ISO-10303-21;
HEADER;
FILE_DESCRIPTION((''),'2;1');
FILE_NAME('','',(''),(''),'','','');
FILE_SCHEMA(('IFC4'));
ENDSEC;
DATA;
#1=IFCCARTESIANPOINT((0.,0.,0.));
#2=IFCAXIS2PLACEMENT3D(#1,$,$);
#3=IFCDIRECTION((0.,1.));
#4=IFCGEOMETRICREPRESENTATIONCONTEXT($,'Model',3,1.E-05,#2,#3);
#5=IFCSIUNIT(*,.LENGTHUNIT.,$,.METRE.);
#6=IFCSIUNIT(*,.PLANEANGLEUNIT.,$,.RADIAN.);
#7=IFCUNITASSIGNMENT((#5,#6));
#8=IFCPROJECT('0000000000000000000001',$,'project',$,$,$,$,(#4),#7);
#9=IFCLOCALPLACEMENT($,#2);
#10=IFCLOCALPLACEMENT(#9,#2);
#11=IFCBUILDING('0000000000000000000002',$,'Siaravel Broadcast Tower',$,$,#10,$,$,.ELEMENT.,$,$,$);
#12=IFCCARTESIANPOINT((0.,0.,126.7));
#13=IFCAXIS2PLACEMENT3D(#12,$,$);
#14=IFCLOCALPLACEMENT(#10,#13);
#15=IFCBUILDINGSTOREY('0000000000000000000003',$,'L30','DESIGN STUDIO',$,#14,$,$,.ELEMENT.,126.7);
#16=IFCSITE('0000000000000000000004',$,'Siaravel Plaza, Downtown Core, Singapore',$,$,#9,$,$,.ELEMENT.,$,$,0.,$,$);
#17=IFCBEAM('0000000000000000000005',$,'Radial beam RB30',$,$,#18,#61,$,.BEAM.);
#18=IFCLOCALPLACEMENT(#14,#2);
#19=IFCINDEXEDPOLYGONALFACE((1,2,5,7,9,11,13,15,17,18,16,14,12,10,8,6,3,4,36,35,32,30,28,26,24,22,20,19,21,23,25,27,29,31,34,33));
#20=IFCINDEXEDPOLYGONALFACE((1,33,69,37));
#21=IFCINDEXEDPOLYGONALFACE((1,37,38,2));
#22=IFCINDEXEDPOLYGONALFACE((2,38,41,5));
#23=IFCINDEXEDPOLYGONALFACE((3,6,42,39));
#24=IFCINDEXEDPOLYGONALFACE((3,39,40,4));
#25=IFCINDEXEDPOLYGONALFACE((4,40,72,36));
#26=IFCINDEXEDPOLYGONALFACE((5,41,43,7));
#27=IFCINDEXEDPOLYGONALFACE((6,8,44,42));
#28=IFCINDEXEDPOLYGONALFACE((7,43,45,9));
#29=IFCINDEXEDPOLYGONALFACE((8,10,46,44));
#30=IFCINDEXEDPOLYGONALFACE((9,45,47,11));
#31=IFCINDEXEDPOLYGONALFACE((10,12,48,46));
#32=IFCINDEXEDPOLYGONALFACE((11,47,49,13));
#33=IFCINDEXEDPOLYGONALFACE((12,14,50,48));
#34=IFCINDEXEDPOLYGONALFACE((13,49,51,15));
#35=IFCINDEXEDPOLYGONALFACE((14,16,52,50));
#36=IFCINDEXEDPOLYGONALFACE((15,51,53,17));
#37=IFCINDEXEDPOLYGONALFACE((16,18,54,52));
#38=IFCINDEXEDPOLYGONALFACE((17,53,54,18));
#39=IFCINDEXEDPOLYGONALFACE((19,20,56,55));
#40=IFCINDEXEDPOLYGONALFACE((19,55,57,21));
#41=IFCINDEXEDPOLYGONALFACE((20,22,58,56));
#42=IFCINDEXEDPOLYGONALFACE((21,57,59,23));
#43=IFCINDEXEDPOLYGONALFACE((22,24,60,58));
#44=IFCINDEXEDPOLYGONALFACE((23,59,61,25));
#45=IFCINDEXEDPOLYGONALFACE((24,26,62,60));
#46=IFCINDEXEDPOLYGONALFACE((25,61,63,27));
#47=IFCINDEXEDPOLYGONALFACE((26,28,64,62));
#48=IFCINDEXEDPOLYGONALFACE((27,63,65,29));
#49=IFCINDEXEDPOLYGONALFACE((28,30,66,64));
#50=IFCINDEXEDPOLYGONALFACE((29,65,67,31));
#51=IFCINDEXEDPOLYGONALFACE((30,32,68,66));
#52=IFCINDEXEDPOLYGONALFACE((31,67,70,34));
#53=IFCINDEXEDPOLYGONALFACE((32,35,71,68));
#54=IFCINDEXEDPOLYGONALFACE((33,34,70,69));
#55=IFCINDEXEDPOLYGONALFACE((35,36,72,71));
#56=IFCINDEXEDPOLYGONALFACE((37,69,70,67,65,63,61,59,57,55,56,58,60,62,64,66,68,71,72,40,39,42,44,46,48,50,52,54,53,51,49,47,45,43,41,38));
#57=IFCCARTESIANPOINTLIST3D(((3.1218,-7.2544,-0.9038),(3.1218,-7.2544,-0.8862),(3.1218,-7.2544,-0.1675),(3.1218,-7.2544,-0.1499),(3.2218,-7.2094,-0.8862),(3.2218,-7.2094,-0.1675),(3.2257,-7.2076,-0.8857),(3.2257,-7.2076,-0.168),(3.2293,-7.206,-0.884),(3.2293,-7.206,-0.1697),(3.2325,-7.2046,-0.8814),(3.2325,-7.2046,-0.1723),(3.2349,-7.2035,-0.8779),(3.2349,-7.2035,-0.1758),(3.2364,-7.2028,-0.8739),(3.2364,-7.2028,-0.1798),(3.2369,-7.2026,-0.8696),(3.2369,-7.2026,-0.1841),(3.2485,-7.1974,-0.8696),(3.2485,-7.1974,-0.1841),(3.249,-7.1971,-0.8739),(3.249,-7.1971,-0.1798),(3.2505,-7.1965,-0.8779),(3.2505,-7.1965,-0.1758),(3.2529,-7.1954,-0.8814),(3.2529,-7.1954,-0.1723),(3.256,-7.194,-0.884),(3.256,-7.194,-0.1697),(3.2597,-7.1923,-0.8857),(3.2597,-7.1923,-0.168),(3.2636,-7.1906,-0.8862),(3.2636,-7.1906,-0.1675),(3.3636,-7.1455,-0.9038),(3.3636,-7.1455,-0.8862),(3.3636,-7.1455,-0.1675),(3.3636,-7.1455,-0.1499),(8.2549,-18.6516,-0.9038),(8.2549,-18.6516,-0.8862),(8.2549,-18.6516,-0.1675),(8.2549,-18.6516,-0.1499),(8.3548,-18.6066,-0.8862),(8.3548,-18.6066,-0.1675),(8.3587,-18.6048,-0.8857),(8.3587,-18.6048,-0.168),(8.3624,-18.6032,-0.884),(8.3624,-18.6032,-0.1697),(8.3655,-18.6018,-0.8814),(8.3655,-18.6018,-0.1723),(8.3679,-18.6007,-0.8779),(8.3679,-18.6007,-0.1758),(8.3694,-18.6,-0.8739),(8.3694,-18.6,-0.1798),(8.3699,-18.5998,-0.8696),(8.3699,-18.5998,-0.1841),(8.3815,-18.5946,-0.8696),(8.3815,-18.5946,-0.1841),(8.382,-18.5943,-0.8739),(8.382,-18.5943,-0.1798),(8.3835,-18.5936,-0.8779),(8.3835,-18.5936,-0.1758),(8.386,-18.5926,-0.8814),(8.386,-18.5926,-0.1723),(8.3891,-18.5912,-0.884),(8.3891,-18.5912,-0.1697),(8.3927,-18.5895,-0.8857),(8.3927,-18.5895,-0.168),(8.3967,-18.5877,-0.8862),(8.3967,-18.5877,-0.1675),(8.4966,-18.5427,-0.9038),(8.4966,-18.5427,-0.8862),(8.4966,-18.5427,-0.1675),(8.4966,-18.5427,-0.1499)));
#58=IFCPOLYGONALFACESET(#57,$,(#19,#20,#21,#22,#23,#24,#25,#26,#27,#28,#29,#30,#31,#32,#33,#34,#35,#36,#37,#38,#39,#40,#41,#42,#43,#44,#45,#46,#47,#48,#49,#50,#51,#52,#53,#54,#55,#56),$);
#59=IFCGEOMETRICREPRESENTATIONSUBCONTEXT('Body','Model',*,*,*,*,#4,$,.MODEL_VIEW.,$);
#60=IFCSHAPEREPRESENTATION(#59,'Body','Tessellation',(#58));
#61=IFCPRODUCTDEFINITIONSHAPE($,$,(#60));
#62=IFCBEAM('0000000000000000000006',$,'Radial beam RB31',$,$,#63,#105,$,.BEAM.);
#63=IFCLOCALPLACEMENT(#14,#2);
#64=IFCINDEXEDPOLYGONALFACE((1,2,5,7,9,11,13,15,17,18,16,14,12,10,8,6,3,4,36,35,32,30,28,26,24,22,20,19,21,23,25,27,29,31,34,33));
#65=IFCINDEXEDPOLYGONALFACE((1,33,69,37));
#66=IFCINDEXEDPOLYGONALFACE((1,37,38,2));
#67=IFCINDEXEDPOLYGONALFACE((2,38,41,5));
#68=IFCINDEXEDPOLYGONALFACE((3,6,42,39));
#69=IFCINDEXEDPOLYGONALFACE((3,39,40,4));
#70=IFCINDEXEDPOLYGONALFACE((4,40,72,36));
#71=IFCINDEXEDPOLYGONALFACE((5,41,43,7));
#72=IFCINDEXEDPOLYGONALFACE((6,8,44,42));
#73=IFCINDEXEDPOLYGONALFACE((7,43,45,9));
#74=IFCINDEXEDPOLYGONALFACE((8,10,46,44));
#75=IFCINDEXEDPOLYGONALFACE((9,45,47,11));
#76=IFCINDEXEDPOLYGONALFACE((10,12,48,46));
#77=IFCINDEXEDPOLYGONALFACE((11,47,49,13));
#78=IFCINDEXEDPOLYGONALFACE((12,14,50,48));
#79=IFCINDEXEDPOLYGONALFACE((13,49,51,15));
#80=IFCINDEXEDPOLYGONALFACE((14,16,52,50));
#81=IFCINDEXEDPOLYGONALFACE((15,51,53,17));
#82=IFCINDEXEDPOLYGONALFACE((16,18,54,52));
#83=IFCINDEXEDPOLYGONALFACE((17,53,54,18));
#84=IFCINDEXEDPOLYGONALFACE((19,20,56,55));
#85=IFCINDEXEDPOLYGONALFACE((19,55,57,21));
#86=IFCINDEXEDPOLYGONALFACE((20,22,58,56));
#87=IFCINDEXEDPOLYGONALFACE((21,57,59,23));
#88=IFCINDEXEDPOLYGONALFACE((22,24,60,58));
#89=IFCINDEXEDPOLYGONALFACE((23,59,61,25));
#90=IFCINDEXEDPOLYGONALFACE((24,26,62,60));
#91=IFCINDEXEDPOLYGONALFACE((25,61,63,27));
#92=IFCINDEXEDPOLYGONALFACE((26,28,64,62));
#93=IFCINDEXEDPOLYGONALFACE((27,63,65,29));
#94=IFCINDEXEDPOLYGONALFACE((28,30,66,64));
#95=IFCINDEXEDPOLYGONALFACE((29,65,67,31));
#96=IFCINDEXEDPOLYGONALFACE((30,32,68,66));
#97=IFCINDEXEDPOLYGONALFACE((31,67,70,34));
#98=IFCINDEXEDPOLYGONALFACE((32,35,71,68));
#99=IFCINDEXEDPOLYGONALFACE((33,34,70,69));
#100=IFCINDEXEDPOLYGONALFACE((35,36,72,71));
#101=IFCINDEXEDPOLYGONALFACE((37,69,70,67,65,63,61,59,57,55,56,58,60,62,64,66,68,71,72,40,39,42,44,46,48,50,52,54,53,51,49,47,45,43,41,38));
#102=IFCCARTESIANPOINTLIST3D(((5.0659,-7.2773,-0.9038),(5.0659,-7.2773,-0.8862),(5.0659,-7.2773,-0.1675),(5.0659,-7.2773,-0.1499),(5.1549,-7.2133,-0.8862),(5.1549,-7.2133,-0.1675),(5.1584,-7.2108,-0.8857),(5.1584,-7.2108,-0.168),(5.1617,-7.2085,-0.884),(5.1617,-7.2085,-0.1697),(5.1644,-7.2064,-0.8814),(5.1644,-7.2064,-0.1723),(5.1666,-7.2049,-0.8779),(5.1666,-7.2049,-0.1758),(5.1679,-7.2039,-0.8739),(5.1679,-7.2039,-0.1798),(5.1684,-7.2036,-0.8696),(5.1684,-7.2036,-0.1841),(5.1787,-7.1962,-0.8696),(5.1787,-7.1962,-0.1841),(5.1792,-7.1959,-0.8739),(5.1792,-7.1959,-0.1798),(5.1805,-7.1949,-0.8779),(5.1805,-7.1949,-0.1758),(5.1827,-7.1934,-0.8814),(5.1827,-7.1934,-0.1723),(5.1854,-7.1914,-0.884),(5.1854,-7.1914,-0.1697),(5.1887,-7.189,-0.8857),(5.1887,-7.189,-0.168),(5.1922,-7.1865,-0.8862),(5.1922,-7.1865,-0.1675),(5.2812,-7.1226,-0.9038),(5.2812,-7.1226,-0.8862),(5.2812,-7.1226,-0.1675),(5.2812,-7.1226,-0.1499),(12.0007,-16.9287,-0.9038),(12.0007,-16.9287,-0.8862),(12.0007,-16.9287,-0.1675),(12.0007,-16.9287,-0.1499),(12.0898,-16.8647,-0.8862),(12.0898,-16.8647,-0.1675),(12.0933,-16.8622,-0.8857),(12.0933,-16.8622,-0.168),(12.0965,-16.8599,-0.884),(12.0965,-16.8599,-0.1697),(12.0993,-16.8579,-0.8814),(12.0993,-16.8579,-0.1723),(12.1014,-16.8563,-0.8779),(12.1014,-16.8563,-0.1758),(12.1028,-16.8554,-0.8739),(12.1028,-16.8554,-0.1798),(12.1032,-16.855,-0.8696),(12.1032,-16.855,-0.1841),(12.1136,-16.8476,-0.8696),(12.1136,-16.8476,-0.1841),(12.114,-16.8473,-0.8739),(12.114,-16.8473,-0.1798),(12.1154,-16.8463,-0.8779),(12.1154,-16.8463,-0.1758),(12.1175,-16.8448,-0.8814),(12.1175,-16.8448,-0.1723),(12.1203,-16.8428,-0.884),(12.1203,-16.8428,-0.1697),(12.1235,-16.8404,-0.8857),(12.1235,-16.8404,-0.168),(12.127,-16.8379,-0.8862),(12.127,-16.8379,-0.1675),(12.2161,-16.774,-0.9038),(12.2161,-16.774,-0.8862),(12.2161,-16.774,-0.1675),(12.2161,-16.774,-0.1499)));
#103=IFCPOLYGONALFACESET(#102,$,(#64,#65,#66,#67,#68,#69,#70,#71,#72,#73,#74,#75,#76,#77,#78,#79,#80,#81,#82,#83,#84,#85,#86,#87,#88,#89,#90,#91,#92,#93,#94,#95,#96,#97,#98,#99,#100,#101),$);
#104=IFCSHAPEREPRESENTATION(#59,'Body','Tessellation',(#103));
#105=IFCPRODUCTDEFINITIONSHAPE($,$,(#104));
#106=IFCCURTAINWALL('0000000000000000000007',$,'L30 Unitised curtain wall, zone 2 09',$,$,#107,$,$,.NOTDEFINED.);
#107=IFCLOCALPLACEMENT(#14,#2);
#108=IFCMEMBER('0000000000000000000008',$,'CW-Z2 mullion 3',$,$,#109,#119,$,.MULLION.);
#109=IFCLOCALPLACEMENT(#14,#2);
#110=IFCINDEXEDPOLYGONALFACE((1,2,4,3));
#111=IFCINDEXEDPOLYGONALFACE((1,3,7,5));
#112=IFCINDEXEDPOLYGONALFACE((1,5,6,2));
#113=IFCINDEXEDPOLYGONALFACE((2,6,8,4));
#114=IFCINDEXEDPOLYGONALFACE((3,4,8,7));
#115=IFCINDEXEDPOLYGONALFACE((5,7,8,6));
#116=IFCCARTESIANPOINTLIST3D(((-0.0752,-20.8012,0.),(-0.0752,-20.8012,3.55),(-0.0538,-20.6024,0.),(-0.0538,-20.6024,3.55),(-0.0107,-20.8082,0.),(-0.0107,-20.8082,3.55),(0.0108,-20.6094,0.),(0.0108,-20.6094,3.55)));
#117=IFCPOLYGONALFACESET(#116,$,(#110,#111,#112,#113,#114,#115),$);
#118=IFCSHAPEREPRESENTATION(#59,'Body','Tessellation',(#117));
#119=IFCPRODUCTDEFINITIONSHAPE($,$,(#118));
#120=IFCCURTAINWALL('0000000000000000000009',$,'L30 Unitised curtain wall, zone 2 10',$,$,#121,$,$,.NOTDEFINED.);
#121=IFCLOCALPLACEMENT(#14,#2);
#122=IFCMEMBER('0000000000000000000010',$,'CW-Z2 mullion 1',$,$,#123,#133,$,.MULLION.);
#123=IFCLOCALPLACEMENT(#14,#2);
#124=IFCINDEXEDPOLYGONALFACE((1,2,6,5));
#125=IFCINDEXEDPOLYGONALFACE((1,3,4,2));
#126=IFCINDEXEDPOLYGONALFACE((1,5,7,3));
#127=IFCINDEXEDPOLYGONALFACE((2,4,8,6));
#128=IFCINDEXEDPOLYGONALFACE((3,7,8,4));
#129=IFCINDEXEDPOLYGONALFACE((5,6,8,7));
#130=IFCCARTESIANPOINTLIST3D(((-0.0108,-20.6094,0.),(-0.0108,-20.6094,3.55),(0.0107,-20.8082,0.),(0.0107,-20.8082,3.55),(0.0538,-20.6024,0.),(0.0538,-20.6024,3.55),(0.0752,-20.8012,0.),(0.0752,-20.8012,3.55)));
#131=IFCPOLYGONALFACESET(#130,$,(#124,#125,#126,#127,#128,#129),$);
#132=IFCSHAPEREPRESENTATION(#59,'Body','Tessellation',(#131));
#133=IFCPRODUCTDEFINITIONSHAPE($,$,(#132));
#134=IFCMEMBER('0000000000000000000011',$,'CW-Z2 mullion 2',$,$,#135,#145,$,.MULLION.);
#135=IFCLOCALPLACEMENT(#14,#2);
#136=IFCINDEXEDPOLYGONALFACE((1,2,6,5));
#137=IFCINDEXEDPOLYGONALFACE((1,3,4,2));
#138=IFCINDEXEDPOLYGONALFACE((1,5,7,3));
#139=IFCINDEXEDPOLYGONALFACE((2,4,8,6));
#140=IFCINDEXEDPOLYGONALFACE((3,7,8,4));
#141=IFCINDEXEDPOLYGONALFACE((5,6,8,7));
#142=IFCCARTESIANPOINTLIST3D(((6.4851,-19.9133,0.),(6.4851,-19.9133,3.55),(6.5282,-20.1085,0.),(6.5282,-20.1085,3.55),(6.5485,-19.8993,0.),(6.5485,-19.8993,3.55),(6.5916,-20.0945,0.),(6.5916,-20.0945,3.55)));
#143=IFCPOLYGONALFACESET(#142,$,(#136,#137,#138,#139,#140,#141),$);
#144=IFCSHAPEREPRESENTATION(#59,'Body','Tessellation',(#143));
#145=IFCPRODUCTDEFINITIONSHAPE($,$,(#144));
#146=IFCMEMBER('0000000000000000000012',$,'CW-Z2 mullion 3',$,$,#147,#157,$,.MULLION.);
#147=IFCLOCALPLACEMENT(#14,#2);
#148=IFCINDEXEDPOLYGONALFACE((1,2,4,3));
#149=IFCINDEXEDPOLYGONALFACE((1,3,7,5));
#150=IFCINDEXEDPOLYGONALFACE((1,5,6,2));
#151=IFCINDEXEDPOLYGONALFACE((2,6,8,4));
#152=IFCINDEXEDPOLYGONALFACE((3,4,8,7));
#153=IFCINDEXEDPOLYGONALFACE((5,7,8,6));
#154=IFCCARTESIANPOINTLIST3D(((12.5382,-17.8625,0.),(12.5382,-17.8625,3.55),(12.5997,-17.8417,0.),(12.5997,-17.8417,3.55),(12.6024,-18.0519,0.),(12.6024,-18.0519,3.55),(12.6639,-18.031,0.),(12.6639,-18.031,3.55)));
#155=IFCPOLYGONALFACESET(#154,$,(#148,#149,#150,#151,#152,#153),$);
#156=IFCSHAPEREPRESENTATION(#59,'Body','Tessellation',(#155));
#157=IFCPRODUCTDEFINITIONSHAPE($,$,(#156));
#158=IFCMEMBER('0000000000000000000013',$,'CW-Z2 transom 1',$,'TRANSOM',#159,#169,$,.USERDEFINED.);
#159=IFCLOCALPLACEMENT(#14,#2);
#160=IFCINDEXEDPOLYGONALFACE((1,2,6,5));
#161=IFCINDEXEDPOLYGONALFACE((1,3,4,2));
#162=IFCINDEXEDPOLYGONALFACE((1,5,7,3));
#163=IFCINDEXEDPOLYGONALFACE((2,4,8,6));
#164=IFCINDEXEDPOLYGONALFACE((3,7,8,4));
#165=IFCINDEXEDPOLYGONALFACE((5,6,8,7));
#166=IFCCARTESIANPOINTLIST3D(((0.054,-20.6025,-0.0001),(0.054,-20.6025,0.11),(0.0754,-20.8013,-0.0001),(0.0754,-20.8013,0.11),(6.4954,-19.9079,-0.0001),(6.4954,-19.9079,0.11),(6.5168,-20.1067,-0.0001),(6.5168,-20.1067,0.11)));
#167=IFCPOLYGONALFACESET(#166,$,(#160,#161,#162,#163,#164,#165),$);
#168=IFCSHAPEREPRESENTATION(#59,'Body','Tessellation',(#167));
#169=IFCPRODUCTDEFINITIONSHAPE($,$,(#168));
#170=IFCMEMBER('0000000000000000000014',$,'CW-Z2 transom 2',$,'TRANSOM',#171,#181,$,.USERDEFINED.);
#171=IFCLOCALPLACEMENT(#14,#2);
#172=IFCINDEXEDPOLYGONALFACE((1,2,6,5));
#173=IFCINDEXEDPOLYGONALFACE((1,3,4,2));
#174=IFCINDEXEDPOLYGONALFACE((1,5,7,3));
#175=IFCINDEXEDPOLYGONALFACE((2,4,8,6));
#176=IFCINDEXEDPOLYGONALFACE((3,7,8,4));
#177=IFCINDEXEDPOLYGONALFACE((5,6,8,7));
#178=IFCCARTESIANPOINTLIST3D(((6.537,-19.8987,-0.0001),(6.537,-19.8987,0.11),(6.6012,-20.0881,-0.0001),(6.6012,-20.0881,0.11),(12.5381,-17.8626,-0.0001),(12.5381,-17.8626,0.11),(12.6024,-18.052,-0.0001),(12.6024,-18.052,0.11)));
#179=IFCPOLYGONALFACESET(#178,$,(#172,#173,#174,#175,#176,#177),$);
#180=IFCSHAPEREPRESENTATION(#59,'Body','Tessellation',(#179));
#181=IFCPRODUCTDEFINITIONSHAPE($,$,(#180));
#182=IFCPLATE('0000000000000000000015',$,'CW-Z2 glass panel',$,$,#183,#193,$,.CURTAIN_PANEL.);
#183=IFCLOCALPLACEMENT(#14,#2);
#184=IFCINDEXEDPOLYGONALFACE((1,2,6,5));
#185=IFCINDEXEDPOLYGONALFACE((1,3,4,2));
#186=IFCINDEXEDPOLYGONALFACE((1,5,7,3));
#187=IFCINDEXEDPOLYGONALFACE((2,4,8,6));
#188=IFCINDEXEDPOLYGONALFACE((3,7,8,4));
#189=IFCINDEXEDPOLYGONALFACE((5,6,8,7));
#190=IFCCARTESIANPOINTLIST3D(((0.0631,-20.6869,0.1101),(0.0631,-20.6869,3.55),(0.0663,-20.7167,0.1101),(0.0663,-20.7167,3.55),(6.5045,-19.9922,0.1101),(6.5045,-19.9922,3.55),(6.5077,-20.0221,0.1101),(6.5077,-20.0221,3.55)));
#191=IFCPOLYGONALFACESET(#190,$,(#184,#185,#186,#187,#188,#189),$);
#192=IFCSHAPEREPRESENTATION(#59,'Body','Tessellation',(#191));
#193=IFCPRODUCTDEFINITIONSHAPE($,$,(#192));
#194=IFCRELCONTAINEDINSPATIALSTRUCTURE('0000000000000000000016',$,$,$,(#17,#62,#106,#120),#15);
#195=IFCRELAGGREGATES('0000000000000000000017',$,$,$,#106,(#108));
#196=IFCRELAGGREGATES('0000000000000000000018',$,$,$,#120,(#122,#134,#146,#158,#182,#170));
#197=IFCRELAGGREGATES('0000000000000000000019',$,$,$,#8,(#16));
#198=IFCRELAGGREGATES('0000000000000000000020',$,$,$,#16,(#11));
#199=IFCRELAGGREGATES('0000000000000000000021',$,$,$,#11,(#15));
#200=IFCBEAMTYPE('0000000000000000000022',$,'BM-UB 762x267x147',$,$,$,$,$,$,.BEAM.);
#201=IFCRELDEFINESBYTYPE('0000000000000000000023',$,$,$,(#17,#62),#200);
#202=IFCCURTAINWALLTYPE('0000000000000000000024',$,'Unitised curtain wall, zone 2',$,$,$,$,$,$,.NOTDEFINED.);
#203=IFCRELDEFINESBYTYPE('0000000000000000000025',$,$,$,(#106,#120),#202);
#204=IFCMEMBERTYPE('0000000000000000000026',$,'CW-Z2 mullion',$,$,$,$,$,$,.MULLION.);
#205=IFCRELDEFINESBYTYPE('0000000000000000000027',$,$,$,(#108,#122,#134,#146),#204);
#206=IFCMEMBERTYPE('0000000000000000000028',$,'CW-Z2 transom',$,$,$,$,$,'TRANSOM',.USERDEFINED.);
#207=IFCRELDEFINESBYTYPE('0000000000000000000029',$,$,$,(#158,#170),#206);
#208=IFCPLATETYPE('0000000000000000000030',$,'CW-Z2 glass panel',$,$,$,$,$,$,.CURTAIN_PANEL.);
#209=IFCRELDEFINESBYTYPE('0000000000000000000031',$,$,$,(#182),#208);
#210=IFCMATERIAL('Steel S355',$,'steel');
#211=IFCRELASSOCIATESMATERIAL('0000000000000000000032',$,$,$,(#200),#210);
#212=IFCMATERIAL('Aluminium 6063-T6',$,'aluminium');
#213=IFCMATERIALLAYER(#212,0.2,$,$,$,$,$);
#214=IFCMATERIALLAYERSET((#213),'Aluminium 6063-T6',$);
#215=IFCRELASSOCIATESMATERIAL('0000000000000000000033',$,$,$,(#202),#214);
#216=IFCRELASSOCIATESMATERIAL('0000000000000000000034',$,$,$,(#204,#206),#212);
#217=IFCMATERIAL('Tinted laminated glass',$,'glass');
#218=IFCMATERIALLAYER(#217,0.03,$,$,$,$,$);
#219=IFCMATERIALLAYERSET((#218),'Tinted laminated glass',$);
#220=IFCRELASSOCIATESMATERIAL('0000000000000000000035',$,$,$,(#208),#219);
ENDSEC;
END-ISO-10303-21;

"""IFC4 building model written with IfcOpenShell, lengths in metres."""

from ifc_helpers import new_model, si_unit, direction, frame, origin, origin_2d, place, context, subcontext, project, spatial, rectangle, i_section, extrude, material, layer, layer_set, material_profile, profile_set, type_object, element, aggregate, save


model = new_model("IFC4")

# Units and contexts
model_context = context("Model", 3, precision=1e-05, world=origin(), true_north=direction((0.0, 1.0)))
body_context = subcontext(model_context, "Body", "Model", "MODEL_VIEW")
ifc_project = project(units=[si_unit("LENGTHUNIT", "METRE"), si_unit("PLANEANGLEUNIT", "RADIAN")], contexts=[model_context])

# Site, building, storey
site_placement = place(None, origin())
site = spatial("IfcSite", under=ifc_project, at=site_placement, Name="Siaravel Plaza, Downtown Core, Singapore", CompositionType="ELEMENT", RefElevation=0.0)
building_placement = place(site_placement, origin())
building = spatial("IfcBuilding", under=site, at=building_placement, Name="Siaravel Broadcast Tower", CompositionType="ELEMENT")
storey_placement = place(building_placement, frame((0.0, 0.0, 126.7)))
storey = spatial("IfcBuildingStorey", under=building, at=storey_placement, Name="L30", Description="DESIGN STUDIO", CompositionType="ELEMENT", Elevation=126.7)

# Beams
ifc_material_1 = material(Name="Steel S355", Category="steel")
ifc_material_profile_1 = material_profile(ifc_material_1, i_section(OverallWidth=0.2651, OverallDepth=0.7539, WebThickness=0.0127, FlangeThickness=0.0176, FilletRadius=0.0166, at=origin_2d()))
ifc_profile_set_1 = profile_set([ifc_material_profile_1], Name="Steel S355")
beam_type = type_object("IfcBeamType", Name="BM-UB 762x267x147", PredefinedType="BEAM", material=ifc_profile_set_1)
beam_1_placement = place(storey_placement, frame((8.3757, -18.5972, -0.5269), z_axis=(-0.410651, 0.911792, 0.0), x_axis=(-0.911792, -0.410651, 0.0)))
element("IfcBeam", 1, at=beam_1_placement, inside=storey, type_object=beam_type, Name="Radial beam RB30", PredefinedType="BEAM", context=body_context, shape_type="SweptSolid", body=[
    extrude(i_section(OverallWidth=0.2651, OverallDepth=0.7539, WebThickness=0.0127, FlangeThickness=0.0176, FilletRadius=0.0166, at=origin_2d()), origin(), (0.0, 0.0, 1.0), 12.4998),
])
beam_2_placement = place(storey_placement, frame((12.1084, -16.8513, -0.5269), z_axis=(-0.583519, 0.812099, 0.0), x_axis=(-0.812099, -0.583519, 0.0)))
element("IfcBeam", 2, at=beam_2_placement, inside=storey, type_object=beam_type, Name="Radial beam RB31", PredefinedType="BEAM", context=body_context, shape_type="SweptSolid", body=[
    extrude(i_section(OverallWidth=0.2651, OverallDepth=0.7539, WebThickness=0.0127, FlangeThickness=0.0176, FilletRadius=0.0166, at=origin_2d()), origin(), (0.0, 0.0, 1.0), 11.8845),
])

# Curtain wall, member
ifc_material_2 = material(Name="Aluminium 6063-T6", Category="aluminium")
ifc_layer_1 = layer(ifc_material_2, 0.2)
ifc_layer_set_1 = layer_set([ifc_layer_1], Name="Aluminium 6063-T6")
curtain_wall_type = type_object("IfcCurtainWallType", Name="Unitised curtain wall, zone 2", PredefinedType="NOTDEFINED", material=ifc_layer_set_1)
curtain_wall_1_placement = place(storey_placement, origin())
curtain_wall_1 = element("IfcCurtainWall", 3, at=curtain_wall_1_placement, inside=storey, type_object=curtain_wall_type, Name="L30 Unitised curtain wall, zone 2 09", PredefinedType="NOTDEFINED")
ifc_material_profile_2 = material_profile(ifc_material_2, rectangle(XDim=0.2, YDim=0.0649, at=origin_2d()))
ifc_profile_set_2 = profile_set([ifc_material_profile_2], Name="Aluminium 6063-T6")
member_type_1 = type_object("IfcMemberType", Name="CW-Z2 mullion", PredefinedType="MULLION", material=ifc_profile_set_2)
member_1_placement = place(storey_placement, frame((-0.0322, -20.7053, 0.0), z_axis=(0.0, 0.0, 1.0), x_axis=(0.107217, 0.994236, 0.0)))
member_1 = element("IfcMember", 4, at=member_1_placement, type_object=member_type_1, Name="CW-Z2 mullion 3", PredefinedType="MULLION", context=body_context, shape_type="SweptSolid", body=[
    extrude(rectangle(XDim=0.2, YDim=0.0649, at=origin_2d()), origin(), (0.0, 0.0, 1.0), 3.55),
])
aggregate(curtain_wall_1, [member_1])

# Curtain wall, members, plate
curtain_wall_2_placement = place(storey_placement, origin())
curtain_wall_2 = element("IfcCurtainWall", 5, at=curtain_wall_2_placement, inside=storey, type_object=curtain_wall_type, Name="L30 Unitised curtain wall, zone 2 10", PredefinedType="NOTDEFINED")
member_2_placement = place(storey_placement, frame((0.0322, -20.7053, 0.0), z_axis=(0.0, 0.0, 1.0), x_axis=(-0.107217, 0.994236, 0.0)))
member_2 = element("IfcMember", 6, at=member_2_placement, type_object=member_type_1, Name="CW-Z2 mullion 1", PredefinedType="MULLION", context=body_context, shape_type="SweptSolid", body=[
    extrude(rectangle(XDim=0.2, YDim=0.0649, at=origin_2d()), origin(), (0.0, 0.0, 1.0), 3.55),
])
member_3_placement = place(storey_placement, frame((6.5383, -20.0039, 0.0), z_axis=(0.0, 0.0, 1.0), x_axis=(-0.215558, 0.976491, 0.0)))
member_3 = element("IfcMember", 7, at=member_3_placement, type_object=member_type_1, Name="CW-Z2 mullion 2", PredefinedType="MULLION", context=body_context, shape_type="SweptSolid", body=[
    extrude(rectangle(XDim=0.2, YDim=0.0649, at=origin_2d()), origin(), (0.0, 0.0, 1.0), 3.55),
])
member_4_placement = place(storey_placement, frame((12.6011, -17.9468, 0.0), z_axis=(0.0, 0.0, 1.0), x_axis=(-0.321301, 0.946977, 0.0)))
member_4 = element("IfcMember", 8, at=member_4_placement, type_object=member_type_1, Name="CW-Z2 mullion 3", PredefinedType="MULLION", context=body_context, shape_type="SweptSolid", body=[
    extrude(rectangle(XDim=0.2, YDim=0.0649, at=origin_2d()), origin(), (0.0, 0.0, 1.0), 3.55),
])
ifc_material_profile_3 = material_profile(ifc_material_2, rectangle(XDim=0.2, YDim=0.1101, at=origin_2d()))
ifc_profile_set_3 = profile_set([ifc_material_profile_3], Name="Aluminium 6063-T6")
member_type_2 = type_object("IfcMemberType", Name="CW-Z2 transom", ElementType="TRANSOM", PredefinedType="USERDEFINED", material=ifc_profile_set_3)
member_5_placement = place(storey_placement, frame((0.0647, -20.7019, 0.0549), z_axis=(0.994237, 0.107209, 0.0), x_axis=(-0.107209, 0.994237, 0.0)))
member_5 = element("IfcMember", 9, at=member_5_placement, type_object=member_type_2, Name="CW-Z2 transom 1", ObjectType="TRANSOM", PredefinedType="USERDEFINED", context=body_context, shape_type="SweptSolid", body=[
    extrude(rectangle(XDim=0.2, YDim=0.1101, at=origin_2d()), origin(), (0.0, 0.0, 1.0), 6.4788),
])
member_6_placement = place(storey_placement, frame((6.5691, -19.9934, 0.0549), z_axis=(0.946978, 0.321297, 0.0), x_axis=(-0.321297, 0.946978, 0.0)))
member_6 = element("IfcMember", 10, at=member_6_placement, type_object=member_type_2, Name="CW-Z2 transom 2", ObjectType="TRANSOM", PredefinedType="USERDEFINED", context=body_context, shape_type="SweptSolid", body=[
    extrude(rectangle(XDim=0.2, YDim=0.1101, at=origin_2d()), origin(), (0.0, 0.0, 1.0), 6.3372),
])
ifc_material_3 = material(Name="Tinted laminated glass", Category="glass")
ifc_layer_2 = layer(ifc_material_3, 0.03)
ifc_layer_set_2 = layer_set([ifc_layer_2], Name="Tinted laminated glass")
plate_type = type_object("IfcPlateType", Name="CW-Z2 glass panel", PredefinedType="CURTAIN_PANEL", material=ifc_layer_set_2)
plate_1_placement = place(storey_placement, frame((3.2854, -20.3545, 0.1101), z_axis=(0.0, 0.0, 1.0), x_axis=(0.994236, 0.107217, 0.0)))
plate_1 = element("IfcPlate", 11, at=plate_1_placement, type_object=plate_type, Name="CW-Z2 glass panel", PredefinedType="CURTAIN_PANEL", context=body_context, shape_type="SweptSolid", body=[
    extrude(rectangle(XDim=6.4788, YDim=0.03, at=origin_2d()), origin(), (0.0, 0.0, 1.0), 3.4399),
])
aggregate(curtain_wall_2, [member_2, member_3, member_4, member_5, plate_1, member_6])

save(model, "model.ifc")
